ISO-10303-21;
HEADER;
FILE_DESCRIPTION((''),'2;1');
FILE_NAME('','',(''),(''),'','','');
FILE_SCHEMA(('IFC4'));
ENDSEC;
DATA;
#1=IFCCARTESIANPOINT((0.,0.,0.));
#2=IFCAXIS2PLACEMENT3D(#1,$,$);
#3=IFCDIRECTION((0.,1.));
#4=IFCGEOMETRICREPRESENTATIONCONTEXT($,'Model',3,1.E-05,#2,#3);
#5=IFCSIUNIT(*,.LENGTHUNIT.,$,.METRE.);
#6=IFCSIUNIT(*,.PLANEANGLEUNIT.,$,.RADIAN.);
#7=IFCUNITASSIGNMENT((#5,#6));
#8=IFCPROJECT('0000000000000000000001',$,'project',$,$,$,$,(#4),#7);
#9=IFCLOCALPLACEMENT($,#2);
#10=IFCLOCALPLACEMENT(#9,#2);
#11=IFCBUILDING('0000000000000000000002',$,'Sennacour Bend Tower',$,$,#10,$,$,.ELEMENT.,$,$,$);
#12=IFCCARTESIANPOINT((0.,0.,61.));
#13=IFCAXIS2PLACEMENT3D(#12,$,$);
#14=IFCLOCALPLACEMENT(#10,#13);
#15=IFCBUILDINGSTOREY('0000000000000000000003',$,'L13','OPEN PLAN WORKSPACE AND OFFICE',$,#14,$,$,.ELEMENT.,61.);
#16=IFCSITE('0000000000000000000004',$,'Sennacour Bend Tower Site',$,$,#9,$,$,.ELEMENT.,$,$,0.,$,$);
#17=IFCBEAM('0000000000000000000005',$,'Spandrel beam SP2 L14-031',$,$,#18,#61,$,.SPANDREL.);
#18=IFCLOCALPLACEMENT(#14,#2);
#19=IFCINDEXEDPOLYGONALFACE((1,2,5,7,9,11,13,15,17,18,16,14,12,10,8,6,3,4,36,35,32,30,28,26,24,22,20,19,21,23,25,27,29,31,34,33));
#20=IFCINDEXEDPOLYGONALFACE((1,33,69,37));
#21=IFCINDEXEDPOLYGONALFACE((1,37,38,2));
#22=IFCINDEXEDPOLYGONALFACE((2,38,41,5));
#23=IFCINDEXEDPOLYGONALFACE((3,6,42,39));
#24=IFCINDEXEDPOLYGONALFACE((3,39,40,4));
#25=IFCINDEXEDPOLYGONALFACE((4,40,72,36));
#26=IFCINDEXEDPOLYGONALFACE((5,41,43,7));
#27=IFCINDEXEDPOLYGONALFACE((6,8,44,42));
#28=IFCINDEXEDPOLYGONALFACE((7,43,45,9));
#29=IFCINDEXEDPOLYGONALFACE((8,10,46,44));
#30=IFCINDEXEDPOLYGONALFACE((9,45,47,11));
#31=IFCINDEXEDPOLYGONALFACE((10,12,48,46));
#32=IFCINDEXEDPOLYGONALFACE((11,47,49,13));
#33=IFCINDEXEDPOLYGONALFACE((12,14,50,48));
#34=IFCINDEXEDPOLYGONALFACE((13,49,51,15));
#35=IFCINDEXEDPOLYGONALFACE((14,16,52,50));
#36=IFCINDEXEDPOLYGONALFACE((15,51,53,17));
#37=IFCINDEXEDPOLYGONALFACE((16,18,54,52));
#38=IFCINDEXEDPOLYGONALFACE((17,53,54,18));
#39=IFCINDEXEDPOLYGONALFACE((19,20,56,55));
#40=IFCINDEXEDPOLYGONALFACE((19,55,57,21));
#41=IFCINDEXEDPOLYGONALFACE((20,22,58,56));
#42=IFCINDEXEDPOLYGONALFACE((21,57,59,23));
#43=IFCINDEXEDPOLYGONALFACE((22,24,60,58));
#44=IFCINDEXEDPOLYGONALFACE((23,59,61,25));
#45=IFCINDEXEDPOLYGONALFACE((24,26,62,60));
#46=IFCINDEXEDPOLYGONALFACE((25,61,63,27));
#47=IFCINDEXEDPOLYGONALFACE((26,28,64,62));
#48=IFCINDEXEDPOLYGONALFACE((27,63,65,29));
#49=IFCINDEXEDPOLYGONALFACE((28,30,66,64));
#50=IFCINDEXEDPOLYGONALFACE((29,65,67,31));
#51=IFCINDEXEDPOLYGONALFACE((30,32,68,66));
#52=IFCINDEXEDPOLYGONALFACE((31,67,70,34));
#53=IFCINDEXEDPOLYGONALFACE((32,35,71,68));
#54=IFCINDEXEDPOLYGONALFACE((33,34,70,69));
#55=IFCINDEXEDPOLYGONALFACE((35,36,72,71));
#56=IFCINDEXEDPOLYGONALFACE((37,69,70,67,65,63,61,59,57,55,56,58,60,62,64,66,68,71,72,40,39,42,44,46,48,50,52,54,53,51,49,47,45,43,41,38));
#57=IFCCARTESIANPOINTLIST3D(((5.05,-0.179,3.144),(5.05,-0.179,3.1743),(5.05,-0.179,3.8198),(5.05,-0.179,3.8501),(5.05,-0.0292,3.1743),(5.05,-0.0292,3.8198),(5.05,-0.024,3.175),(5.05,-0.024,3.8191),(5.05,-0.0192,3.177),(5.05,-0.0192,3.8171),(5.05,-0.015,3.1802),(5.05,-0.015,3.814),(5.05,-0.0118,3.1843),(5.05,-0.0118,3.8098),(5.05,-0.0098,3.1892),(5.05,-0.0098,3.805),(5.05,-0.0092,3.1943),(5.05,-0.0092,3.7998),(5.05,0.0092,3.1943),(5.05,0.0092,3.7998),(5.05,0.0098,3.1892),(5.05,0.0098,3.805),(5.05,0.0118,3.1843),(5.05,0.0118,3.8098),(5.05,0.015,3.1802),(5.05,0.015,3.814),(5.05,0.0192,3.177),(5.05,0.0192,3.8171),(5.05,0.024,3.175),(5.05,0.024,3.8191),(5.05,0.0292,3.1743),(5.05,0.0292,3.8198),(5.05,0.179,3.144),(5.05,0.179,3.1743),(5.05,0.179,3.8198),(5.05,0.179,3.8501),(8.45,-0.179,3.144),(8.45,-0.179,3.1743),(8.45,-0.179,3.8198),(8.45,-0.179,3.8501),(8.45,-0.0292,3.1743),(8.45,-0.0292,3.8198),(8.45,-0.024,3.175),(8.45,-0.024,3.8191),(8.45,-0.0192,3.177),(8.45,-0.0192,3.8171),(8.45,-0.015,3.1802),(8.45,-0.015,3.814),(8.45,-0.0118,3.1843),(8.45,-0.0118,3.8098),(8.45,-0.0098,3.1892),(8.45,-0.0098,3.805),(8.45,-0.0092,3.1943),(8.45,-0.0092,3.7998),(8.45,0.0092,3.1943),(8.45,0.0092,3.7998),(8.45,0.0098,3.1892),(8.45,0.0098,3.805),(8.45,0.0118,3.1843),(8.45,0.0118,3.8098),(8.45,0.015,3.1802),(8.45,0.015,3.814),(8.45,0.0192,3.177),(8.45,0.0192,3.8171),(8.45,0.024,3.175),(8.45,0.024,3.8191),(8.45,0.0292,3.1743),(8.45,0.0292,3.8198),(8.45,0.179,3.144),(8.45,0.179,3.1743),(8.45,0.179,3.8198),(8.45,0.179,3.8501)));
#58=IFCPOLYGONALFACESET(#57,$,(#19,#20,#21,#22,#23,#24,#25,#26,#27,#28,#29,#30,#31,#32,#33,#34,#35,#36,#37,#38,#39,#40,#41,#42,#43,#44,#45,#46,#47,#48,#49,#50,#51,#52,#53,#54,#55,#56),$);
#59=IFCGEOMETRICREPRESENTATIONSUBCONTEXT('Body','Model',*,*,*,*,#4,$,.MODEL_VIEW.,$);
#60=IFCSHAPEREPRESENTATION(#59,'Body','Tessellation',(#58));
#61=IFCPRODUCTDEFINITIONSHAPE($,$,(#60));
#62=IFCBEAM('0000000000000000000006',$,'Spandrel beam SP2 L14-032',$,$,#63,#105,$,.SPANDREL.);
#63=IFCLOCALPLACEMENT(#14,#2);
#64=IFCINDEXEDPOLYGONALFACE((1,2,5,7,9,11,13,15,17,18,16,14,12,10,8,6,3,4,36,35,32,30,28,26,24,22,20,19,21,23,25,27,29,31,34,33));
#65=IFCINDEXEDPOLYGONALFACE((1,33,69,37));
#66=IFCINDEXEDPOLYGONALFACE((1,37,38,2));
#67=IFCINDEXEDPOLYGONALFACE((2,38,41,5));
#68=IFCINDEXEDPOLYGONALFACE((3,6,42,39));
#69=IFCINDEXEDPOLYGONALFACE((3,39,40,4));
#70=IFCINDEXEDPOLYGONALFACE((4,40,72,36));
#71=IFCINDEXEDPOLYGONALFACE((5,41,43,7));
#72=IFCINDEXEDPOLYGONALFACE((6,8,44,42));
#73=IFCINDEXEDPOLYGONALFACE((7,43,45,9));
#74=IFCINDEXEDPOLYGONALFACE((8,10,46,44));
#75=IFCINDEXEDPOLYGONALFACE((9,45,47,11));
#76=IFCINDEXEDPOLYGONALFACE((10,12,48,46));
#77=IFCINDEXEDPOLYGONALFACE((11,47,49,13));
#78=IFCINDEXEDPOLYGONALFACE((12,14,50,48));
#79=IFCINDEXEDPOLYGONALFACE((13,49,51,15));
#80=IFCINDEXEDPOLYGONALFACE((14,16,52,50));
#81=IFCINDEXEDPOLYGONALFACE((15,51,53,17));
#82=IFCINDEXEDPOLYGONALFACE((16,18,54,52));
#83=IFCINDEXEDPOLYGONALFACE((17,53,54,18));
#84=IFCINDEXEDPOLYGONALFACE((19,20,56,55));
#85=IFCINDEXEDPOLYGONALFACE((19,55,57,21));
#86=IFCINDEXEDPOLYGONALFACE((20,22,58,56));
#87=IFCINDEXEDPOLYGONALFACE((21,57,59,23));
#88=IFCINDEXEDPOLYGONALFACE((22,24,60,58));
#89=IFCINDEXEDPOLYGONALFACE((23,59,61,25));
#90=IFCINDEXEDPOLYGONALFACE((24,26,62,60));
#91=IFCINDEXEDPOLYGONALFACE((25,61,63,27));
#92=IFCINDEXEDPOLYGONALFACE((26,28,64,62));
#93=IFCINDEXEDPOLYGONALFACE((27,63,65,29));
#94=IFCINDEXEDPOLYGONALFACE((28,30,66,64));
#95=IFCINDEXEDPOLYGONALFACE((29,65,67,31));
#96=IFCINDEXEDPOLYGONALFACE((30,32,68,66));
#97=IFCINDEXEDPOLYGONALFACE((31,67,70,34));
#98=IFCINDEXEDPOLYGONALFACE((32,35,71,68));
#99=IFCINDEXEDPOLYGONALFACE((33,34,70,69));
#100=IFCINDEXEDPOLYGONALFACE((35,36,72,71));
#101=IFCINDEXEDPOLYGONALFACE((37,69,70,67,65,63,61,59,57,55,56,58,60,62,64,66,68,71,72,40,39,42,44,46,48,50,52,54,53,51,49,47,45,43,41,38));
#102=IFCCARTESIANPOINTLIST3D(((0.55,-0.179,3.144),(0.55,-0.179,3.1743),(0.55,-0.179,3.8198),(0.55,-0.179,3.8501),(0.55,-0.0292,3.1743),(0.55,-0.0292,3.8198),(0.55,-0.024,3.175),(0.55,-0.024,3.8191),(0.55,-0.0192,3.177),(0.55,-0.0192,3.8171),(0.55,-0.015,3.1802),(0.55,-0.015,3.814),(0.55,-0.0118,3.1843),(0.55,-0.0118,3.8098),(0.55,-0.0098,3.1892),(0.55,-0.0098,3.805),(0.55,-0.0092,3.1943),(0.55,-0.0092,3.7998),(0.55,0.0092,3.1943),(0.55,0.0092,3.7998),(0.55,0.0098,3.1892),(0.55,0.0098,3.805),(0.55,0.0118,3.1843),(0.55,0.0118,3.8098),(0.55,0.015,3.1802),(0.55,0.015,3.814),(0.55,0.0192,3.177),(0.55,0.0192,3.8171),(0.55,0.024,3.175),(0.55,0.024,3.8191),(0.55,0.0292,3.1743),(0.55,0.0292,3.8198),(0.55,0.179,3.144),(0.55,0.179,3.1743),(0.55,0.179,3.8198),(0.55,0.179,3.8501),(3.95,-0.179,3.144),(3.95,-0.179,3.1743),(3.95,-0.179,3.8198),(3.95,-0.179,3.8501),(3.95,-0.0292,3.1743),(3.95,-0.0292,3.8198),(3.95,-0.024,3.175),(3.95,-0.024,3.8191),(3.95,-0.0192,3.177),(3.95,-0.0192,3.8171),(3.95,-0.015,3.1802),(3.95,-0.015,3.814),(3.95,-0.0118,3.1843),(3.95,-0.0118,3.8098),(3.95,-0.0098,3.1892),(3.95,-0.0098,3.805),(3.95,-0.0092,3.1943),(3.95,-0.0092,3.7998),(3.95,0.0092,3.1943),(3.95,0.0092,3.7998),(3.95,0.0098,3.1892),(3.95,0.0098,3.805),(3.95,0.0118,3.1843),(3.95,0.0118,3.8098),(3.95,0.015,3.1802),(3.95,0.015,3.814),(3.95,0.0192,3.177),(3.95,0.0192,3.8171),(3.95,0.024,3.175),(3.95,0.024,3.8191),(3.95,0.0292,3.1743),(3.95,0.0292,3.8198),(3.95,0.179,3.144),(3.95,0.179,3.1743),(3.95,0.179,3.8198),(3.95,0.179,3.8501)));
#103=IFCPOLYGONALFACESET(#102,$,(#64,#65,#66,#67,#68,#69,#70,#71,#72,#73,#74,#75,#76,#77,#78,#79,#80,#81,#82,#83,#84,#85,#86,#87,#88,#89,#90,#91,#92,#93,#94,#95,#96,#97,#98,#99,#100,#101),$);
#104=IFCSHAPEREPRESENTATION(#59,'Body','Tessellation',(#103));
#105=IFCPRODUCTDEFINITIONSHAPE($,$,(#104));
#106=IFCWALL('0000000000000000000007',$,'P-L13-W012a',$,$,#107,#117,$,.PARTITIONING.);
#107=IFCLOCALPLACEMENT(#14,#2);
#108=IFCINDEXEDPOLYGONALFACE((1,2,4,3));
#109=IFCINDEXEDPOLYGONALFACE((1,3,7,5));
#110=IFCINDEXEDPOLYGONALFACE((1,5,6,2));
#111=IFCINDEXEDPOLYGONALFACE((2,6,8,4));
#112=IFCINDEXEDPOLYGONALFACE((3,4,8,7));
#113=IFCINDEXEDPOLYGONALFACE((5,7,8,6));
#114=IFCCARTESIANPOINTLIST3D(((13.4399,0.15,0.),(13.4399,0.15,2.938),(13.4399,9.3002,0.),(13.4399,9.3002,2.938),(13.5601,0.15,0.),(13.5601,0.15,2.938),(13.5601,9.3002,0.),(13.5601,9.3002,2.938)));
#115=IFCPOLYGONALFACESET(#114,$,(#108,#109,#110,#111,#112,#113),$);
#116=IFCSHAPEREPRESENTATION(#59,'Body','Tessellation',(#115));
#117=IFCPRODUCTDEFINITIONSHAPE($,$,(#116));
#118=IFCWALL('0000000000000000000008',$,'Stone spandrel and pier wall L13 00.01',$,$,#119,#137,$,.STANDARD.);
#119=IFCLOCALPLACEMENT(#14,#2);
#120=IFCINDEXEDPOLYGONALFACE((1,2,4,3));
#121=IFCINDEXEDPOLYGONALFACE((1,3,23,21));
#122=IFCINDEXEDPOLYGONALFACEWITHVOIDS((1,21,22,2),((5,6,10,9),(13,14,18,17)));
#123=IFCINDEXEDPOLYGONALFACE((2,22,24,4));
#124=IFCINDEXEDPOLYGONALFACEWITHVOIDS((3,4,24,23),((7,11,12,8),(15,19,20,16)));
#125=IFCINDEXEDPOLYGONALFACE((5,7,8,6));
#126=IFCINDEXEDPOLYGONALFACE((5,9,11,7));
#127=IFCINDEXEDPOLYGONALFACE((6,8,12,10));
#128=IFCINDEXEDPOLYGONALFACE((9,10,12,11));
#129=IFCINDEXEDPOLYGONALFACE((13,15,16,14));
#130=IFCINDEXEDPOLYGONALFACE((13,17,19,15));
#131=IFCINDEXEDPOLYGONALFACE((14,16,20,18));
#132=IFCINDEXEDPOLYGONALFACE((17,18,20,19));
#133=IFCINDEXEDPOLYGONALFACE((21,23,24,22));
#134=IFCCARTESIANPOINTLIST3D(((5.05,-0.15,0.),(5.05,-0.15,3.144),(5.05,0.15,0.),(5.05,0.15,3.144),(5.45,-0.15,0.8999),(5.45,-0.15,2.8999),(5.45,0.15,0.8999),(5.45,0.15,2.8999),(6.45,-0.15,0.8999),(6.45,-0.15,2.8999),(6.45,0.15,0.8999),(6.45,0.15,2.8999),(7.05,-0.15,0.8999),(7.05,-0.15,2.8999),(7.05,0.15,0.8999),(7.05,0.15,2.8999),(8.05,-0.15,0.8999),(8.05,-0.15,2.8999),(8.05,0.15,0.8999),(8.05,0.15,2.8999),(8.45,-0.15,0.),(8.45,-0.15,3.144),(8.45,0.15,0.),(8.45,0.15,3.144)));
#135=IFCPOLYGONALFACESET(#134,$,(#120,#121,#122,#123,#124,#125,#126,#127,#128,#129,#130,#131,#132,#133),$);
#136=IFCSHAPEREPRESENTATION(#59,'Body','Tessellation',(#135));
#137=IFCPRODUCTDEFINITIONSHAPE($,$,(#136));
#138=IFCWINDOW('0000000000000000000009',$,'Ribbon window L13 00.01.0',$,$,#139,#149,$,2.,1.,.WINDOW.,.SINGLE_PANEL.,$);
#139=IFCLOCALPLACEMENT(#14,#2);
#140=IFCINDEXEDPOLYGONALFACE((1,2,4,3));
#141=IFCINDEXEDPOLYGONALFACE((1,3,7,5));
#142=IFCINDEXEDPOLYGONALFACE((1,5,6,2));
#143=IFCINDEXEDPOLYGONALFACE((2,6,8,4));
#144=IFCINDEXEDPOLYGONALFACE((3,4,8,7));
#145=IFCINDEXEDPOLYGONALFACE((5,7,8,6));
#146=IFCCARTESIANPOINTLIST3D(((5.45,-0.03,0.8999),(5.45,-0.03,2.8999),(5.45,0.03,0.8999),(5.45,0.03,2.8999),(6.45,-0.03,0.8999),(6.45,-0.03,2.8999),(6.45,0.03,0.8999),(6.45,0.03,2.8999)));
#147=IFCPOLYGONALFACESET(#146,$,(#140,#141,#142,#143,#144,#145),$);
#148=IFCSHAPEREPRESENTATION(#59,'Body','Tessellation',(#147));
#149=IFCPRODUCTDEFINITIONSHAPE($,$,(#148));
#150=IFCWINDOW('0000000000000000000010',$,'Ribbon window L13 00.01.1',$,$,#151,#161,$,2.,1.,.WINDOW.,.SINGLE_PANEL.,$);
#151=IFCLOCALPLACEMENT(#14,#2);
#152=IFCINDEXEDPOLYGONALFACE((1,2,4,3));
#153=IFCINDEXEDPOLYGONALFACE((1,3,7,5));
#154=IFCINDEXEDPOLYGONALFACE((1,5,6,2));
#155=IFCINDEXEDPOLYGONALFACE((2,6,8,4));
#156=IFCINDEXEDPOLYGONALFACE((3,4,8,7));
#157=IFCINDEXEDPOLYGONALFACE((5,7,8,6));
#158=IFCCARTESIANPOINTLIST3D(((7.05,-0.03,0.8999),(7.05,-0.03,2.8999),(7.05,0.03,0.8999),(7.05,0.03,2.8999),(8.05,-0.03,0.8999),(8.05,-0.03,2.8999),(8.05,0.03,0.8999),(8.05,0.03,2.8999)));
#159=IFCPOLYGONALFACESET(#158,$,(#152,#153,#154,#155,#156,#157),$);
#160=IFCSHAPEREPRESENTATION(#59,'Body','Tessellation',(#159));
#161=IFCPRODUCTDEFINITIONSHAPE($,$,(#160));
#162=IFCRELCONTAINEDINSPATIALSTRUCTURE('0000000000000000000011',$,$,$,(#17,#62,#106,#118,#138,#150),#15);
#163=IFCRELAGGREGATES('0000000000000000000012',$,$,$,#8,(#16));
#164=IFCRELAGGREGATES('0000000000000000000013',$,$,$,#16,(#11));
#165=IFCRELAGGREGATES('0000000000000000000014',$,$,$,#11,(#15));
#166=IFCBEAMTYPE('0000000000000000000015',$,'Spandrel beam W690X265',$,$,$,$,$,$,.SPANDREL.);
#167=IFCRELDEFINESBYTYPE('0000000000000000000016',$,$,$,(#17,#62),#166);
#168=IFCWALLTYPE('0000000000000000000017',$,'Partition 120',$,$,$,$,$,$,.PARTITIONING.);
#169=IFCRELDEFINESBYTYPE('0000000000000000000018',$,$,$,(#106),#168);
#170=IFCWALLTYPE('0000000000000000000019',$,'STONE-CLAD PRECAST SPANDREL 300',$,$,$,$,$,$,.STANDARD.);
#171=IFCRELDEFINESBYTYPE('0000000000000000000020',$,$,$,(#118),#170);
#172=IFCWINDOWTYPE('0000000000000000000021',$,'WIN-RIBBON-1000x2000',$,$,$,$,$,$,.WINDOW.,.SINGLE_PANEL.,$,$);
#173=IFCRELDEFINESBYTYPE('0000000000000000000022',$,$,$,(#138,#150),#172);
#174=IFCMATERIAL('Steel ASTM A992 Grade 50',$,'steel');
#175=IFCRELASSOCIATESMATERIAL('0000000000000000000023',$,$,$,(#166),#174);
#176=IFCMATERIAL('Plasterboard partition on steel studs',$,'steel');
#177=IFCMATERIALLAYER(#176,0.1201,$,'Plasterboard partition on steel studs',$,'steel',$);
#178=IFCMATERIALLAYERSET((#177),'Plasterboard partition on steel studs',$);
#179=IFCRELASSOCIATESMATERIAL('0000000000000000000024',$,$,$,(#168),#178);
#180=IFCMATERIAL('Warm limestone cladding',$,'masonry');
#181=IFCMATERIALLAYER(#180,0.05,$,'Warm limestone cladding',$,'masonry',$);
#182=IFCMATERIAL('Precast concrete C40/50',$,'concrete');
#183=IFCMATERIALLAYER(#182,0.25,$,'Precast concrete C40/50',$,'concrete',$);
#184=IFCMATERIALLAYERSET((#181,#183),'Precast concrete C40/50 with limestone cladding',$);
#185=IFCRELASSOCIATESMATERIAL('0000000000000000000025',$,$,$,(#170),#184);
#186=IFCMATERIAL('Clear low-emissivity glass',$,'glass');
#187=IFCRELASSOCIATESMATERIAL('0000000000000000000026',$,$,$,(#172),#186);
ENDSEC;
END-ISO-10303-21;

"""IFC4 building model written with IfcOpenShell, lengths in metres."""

from ifc_helpers import new_model, si_unit, direction, frame, frame_2d, origin, origin_2d, place, context, subcontext, project, spatial, rectangle, i_section, extrude, material, layer, layer_set, material_profile, profile_set, type_object, element, fill, save


model = new_model("IFC4")

# Units and contexts
model_context = context("Model", 3, precision=1e-05, world=origin(), true_north=direction((0.0, 1.0)))
body_context = subcontext(model_context, "Body", "Model", "MODEL_VIEW")
ifc_project = project(units=[si_unit("LENGTHUNIT", "METRE"), si_unit("PLANEANGLEUNIT", "RADIAN")], contexts=[model_context])

# Site, building, storey
site_placement = place(None, origin())
site = spatial("IfcSite", under=ifc_project, at=site_placement, Name="Sennacour Bend Tower Site", CompositionType="ELEMENT", RefElevation=0.0)
building_placement = place(site_placement, origin())
building = spatial("IfcBuilding", under=site, at=building_placement, Name="Sennacour Bend Tower", CompositionType="ELEMENT")
storey_placement = place(building_placement, frame((0.0, 0.0, 61.0)))
storey = spatial("IfcBuildingStorey", under=building, at=storey_placement, Name="L13", Description="OPEN PLAN WORKSPACE AND OFFICE", CompositionType="ELEMENT", Elevation=61.0)

# Beams
ifc_material_1 = material(Name="Steel ASTM A992 Grade 50", Category="steel")
ifc_material_profile_1 = material_profile(ifc_material_1, i_section(OverallWidth=0.3579, OverallDepth=0.7061, WebThickness=0.0183, FlangeThickness=0.0303, FilletRadius=0.02, at=origin_2d()), Name="Steel ASTM A992 Grade 50", Category="steel")
ifc_profile_set_1 = profile_set([ifc_material_profile_1], Name="Steel ASTM A992 Grade 50")
beam_type_1 = type_object("IfcBeamType", Name="Spandrel beam W690X265", PredefinedType="SPANDREL", material=ifc_profile_set_1)
for number, where, z_axis, x_axis, name in (
    (1, (8.45, 0.0, 3.4971), (-1.0, 0.0, 0.0), (0.0, -1.0, 0.0), "Spandrel beam SP2 L14-031"),
    (2, (3.95, 0.0, 3.4971), (-1.0, 0.0, 0.0), (0.0, -1.0, 0.0), "Spandrel beam SP2 L14-032"),
):
    element("IfcBeam", number, at=place(storey_placement, frame(where, z_axis=z_axis, x_axis=x_axis)), inside=storey, type_object=beam_type_1, Name=name, PredefinedType="SPANDREL", context=body_context, shape_type="SweptSolid", body=[
        extrude(i_section(OverallWidth=0.3579, OverallDepth=0.7061, WebThickness=0.0183, FlangeThickness=0.0303, FilletRadius=0.02, at=origin_2d()), origin(), (0.0, 0.0, 1.0), 3.3999),
    ])

# Wall
ifc_material_2 = material(Name="Plasterboard partition on steel studs", Category="steel")
ifc_layer_1 = layer(ifc_material_2, 0.1201, Name="Plasterboard partition on steel studs", Category="steel")
ifc_layer_set_1 = layer_set([ifc_layer_1], Name="Plasterboard partition on steel studs")
wall_type_1 = type_object("IfcWallType", Name="Partition 120", PredefinedType="PARTITIONING", material=ifc_layer_set_1)
wall_1_placement = place(storey_placement, frame((13.5, 0.1499, 0.0), z_axis=(0.0, 0.0, 1.0), x_axis=(0.0, 1.0, 0.0)))
element("IfcWall", 3, at=wall_1_placement, inside=storey, type_object=wall_type_1, Name="P-L13-W012a", PredefinedType="PARTITIONING", context=body_context, shape_type="SweptSolid", body=[
    extrude(rectangle(XDim=9.1501, YDim=0.1201, at=frame_2d((4.5752, 0.0))), origin(), (0.0, 0.0, 1.0), 2.938),
])

# Wall, openings, windows
ifc_material_3 = material(Name="Warm limestone cladding", Category="masonry")
ifc_layer_2 = layer(ifc_material_3, 0.05, Name="Warm limestone cladding", Category="masonry")
ifc_material_4 = material(Name="Precast concrete C40/50", Category="concrete")
ifc_layer_3 = layer(ifc_material_4, 0.25, Name="Precast concrete C40/50", Category="concrete")
ifc_layer_set_2 = layer_set([ifc_layer_2, ifc_layer_3], Name="Precast concrete C40/50 with limestone cladding")
wall_type_2 = type_object("IfcWallType", Name="STONE-CLAD PRECAST SPANDREL 300", PredefinedType="STANDARD", material=ifc_layer_set_2)
wall_2_placement = place(storey_placement, frame((5.05, 0.0, 0.0), z_axis=(0.0, 0.0, 1.0), x_axis=(1.0, 0.0, 0.0)))
wall_2 = element("IfcWall", 4, at=wall_2_placement, inside=storey, type_object=wall_type_2, Name="Stone spandrel and pier wall L13 00.01", PredefinedType="STANDARD", context=body_context, shape_type="SweptSolid", body=[
    extrude(rectangle(XDim=3.3999, YDim=0.3, at=frame_2d((1.7, 0.0))), origin(), (0.0, 0.0, 1.0), 3.144),
])
opening_1_placement = place(wall_2_placement, frame((0.3999, 0.0, 0.8999)))
opening_1 = element("IfcOpeningElement", 5, at=opening_1_placement, cuts=wall_2, PredefinedType="OPENING", context=body_context, shape_type="SweptSolid", body=[
    extrude(rectangle(XDim=1.0, YDim=2.0, at=frame_2d((0.5, 1.0))), frame((0.0, 0.1602, 0.0), z_axis=(0.0, -1.0, 0.0), x_axis=(1.0, 0.0, 0.0)), (0.0, 0.0, 1.0), 0.3201),
])
opening_2_placement = place(wall_2_placement, frame((2.0, 0.0, 0.8999)))
opening_2 = element("IfcOpeningElement", 6, at=opening_2_placement, cuts=wall_2, PredefinedType="OPENING", context=body_context, shape_type="SweptSolid", body=[
    extrude(rectangle(XDim=1.0, YDim=2.0, at=frame_2d((0.5, 1.0))), frame((0.0, 0.1602, 0.0), z_axis=(0.0, -1.0, 0.0), x_axis=(1.0, 0.0, 0.0)), (0.0, 0.0, 1.0), 0.3201),
])
ifc_material_5 = material(Name="Clear low-emissivity glass", Category="glass")
window_type = type_object("IfcWindowType", Name="WIN-RIBBON-1000x2000", PartitioningType="SINGLE_PANEL", PredefinedType="WINDOW", material=ifc_material_5)
window_1_placement = place(opening_1_placement, origin())
window_1 = element("IfcWindow", 7, at=window_1_placement, inside=storey, type_object=window_type, Name="Ribbon window L13 00.01.0", OverallHeight=2.0, OverallWidth=1.0, PartitioningType="SINGLE_PANEL", PredefinedType="WINDOW", context=body_context, shape_type="SweptSolid", body=[
    extrude(rectangle(XDim=1.0, YDim=2.0, at=frame_2d((0.5, 1.0))), frame((0.0, 0.03, 0.0), z_axis=(0.0, -1.0, 0.0), x_axis=(1.0, 0.0, 0.0)), (0.0, 0.0, 1.0), 0.0601),
])
fill(opening_1, window_1)
window_2_placement = place(opening_2_placement, origin())
window_2 = element("IfcWindow", 8, at=window_2_placement, inside=storey, type_object=window_type, Name="Ribbon window L13 00.01.1", OverallHeight=2.0, OverallWidth=1.0, PartitioningType="SINGLE_PANEL", PredefinedType="WINDOW", context=body_context, shape_type="SweptSolid", body=[
    extrude(rectangle(XDim=1.0, YDim=2.0, at=frame_2d((0.5, 1.0))), frame((0.0, 0.03, 0.0), z_axis=(0.0, -1.0, 0.0), x_axis=(1.0, 0.0, 0.0)), (0.0, 0.0, 1.0), 0.0601),
])
fill(opening_2, window_2)

save(model, "model.ifc")
